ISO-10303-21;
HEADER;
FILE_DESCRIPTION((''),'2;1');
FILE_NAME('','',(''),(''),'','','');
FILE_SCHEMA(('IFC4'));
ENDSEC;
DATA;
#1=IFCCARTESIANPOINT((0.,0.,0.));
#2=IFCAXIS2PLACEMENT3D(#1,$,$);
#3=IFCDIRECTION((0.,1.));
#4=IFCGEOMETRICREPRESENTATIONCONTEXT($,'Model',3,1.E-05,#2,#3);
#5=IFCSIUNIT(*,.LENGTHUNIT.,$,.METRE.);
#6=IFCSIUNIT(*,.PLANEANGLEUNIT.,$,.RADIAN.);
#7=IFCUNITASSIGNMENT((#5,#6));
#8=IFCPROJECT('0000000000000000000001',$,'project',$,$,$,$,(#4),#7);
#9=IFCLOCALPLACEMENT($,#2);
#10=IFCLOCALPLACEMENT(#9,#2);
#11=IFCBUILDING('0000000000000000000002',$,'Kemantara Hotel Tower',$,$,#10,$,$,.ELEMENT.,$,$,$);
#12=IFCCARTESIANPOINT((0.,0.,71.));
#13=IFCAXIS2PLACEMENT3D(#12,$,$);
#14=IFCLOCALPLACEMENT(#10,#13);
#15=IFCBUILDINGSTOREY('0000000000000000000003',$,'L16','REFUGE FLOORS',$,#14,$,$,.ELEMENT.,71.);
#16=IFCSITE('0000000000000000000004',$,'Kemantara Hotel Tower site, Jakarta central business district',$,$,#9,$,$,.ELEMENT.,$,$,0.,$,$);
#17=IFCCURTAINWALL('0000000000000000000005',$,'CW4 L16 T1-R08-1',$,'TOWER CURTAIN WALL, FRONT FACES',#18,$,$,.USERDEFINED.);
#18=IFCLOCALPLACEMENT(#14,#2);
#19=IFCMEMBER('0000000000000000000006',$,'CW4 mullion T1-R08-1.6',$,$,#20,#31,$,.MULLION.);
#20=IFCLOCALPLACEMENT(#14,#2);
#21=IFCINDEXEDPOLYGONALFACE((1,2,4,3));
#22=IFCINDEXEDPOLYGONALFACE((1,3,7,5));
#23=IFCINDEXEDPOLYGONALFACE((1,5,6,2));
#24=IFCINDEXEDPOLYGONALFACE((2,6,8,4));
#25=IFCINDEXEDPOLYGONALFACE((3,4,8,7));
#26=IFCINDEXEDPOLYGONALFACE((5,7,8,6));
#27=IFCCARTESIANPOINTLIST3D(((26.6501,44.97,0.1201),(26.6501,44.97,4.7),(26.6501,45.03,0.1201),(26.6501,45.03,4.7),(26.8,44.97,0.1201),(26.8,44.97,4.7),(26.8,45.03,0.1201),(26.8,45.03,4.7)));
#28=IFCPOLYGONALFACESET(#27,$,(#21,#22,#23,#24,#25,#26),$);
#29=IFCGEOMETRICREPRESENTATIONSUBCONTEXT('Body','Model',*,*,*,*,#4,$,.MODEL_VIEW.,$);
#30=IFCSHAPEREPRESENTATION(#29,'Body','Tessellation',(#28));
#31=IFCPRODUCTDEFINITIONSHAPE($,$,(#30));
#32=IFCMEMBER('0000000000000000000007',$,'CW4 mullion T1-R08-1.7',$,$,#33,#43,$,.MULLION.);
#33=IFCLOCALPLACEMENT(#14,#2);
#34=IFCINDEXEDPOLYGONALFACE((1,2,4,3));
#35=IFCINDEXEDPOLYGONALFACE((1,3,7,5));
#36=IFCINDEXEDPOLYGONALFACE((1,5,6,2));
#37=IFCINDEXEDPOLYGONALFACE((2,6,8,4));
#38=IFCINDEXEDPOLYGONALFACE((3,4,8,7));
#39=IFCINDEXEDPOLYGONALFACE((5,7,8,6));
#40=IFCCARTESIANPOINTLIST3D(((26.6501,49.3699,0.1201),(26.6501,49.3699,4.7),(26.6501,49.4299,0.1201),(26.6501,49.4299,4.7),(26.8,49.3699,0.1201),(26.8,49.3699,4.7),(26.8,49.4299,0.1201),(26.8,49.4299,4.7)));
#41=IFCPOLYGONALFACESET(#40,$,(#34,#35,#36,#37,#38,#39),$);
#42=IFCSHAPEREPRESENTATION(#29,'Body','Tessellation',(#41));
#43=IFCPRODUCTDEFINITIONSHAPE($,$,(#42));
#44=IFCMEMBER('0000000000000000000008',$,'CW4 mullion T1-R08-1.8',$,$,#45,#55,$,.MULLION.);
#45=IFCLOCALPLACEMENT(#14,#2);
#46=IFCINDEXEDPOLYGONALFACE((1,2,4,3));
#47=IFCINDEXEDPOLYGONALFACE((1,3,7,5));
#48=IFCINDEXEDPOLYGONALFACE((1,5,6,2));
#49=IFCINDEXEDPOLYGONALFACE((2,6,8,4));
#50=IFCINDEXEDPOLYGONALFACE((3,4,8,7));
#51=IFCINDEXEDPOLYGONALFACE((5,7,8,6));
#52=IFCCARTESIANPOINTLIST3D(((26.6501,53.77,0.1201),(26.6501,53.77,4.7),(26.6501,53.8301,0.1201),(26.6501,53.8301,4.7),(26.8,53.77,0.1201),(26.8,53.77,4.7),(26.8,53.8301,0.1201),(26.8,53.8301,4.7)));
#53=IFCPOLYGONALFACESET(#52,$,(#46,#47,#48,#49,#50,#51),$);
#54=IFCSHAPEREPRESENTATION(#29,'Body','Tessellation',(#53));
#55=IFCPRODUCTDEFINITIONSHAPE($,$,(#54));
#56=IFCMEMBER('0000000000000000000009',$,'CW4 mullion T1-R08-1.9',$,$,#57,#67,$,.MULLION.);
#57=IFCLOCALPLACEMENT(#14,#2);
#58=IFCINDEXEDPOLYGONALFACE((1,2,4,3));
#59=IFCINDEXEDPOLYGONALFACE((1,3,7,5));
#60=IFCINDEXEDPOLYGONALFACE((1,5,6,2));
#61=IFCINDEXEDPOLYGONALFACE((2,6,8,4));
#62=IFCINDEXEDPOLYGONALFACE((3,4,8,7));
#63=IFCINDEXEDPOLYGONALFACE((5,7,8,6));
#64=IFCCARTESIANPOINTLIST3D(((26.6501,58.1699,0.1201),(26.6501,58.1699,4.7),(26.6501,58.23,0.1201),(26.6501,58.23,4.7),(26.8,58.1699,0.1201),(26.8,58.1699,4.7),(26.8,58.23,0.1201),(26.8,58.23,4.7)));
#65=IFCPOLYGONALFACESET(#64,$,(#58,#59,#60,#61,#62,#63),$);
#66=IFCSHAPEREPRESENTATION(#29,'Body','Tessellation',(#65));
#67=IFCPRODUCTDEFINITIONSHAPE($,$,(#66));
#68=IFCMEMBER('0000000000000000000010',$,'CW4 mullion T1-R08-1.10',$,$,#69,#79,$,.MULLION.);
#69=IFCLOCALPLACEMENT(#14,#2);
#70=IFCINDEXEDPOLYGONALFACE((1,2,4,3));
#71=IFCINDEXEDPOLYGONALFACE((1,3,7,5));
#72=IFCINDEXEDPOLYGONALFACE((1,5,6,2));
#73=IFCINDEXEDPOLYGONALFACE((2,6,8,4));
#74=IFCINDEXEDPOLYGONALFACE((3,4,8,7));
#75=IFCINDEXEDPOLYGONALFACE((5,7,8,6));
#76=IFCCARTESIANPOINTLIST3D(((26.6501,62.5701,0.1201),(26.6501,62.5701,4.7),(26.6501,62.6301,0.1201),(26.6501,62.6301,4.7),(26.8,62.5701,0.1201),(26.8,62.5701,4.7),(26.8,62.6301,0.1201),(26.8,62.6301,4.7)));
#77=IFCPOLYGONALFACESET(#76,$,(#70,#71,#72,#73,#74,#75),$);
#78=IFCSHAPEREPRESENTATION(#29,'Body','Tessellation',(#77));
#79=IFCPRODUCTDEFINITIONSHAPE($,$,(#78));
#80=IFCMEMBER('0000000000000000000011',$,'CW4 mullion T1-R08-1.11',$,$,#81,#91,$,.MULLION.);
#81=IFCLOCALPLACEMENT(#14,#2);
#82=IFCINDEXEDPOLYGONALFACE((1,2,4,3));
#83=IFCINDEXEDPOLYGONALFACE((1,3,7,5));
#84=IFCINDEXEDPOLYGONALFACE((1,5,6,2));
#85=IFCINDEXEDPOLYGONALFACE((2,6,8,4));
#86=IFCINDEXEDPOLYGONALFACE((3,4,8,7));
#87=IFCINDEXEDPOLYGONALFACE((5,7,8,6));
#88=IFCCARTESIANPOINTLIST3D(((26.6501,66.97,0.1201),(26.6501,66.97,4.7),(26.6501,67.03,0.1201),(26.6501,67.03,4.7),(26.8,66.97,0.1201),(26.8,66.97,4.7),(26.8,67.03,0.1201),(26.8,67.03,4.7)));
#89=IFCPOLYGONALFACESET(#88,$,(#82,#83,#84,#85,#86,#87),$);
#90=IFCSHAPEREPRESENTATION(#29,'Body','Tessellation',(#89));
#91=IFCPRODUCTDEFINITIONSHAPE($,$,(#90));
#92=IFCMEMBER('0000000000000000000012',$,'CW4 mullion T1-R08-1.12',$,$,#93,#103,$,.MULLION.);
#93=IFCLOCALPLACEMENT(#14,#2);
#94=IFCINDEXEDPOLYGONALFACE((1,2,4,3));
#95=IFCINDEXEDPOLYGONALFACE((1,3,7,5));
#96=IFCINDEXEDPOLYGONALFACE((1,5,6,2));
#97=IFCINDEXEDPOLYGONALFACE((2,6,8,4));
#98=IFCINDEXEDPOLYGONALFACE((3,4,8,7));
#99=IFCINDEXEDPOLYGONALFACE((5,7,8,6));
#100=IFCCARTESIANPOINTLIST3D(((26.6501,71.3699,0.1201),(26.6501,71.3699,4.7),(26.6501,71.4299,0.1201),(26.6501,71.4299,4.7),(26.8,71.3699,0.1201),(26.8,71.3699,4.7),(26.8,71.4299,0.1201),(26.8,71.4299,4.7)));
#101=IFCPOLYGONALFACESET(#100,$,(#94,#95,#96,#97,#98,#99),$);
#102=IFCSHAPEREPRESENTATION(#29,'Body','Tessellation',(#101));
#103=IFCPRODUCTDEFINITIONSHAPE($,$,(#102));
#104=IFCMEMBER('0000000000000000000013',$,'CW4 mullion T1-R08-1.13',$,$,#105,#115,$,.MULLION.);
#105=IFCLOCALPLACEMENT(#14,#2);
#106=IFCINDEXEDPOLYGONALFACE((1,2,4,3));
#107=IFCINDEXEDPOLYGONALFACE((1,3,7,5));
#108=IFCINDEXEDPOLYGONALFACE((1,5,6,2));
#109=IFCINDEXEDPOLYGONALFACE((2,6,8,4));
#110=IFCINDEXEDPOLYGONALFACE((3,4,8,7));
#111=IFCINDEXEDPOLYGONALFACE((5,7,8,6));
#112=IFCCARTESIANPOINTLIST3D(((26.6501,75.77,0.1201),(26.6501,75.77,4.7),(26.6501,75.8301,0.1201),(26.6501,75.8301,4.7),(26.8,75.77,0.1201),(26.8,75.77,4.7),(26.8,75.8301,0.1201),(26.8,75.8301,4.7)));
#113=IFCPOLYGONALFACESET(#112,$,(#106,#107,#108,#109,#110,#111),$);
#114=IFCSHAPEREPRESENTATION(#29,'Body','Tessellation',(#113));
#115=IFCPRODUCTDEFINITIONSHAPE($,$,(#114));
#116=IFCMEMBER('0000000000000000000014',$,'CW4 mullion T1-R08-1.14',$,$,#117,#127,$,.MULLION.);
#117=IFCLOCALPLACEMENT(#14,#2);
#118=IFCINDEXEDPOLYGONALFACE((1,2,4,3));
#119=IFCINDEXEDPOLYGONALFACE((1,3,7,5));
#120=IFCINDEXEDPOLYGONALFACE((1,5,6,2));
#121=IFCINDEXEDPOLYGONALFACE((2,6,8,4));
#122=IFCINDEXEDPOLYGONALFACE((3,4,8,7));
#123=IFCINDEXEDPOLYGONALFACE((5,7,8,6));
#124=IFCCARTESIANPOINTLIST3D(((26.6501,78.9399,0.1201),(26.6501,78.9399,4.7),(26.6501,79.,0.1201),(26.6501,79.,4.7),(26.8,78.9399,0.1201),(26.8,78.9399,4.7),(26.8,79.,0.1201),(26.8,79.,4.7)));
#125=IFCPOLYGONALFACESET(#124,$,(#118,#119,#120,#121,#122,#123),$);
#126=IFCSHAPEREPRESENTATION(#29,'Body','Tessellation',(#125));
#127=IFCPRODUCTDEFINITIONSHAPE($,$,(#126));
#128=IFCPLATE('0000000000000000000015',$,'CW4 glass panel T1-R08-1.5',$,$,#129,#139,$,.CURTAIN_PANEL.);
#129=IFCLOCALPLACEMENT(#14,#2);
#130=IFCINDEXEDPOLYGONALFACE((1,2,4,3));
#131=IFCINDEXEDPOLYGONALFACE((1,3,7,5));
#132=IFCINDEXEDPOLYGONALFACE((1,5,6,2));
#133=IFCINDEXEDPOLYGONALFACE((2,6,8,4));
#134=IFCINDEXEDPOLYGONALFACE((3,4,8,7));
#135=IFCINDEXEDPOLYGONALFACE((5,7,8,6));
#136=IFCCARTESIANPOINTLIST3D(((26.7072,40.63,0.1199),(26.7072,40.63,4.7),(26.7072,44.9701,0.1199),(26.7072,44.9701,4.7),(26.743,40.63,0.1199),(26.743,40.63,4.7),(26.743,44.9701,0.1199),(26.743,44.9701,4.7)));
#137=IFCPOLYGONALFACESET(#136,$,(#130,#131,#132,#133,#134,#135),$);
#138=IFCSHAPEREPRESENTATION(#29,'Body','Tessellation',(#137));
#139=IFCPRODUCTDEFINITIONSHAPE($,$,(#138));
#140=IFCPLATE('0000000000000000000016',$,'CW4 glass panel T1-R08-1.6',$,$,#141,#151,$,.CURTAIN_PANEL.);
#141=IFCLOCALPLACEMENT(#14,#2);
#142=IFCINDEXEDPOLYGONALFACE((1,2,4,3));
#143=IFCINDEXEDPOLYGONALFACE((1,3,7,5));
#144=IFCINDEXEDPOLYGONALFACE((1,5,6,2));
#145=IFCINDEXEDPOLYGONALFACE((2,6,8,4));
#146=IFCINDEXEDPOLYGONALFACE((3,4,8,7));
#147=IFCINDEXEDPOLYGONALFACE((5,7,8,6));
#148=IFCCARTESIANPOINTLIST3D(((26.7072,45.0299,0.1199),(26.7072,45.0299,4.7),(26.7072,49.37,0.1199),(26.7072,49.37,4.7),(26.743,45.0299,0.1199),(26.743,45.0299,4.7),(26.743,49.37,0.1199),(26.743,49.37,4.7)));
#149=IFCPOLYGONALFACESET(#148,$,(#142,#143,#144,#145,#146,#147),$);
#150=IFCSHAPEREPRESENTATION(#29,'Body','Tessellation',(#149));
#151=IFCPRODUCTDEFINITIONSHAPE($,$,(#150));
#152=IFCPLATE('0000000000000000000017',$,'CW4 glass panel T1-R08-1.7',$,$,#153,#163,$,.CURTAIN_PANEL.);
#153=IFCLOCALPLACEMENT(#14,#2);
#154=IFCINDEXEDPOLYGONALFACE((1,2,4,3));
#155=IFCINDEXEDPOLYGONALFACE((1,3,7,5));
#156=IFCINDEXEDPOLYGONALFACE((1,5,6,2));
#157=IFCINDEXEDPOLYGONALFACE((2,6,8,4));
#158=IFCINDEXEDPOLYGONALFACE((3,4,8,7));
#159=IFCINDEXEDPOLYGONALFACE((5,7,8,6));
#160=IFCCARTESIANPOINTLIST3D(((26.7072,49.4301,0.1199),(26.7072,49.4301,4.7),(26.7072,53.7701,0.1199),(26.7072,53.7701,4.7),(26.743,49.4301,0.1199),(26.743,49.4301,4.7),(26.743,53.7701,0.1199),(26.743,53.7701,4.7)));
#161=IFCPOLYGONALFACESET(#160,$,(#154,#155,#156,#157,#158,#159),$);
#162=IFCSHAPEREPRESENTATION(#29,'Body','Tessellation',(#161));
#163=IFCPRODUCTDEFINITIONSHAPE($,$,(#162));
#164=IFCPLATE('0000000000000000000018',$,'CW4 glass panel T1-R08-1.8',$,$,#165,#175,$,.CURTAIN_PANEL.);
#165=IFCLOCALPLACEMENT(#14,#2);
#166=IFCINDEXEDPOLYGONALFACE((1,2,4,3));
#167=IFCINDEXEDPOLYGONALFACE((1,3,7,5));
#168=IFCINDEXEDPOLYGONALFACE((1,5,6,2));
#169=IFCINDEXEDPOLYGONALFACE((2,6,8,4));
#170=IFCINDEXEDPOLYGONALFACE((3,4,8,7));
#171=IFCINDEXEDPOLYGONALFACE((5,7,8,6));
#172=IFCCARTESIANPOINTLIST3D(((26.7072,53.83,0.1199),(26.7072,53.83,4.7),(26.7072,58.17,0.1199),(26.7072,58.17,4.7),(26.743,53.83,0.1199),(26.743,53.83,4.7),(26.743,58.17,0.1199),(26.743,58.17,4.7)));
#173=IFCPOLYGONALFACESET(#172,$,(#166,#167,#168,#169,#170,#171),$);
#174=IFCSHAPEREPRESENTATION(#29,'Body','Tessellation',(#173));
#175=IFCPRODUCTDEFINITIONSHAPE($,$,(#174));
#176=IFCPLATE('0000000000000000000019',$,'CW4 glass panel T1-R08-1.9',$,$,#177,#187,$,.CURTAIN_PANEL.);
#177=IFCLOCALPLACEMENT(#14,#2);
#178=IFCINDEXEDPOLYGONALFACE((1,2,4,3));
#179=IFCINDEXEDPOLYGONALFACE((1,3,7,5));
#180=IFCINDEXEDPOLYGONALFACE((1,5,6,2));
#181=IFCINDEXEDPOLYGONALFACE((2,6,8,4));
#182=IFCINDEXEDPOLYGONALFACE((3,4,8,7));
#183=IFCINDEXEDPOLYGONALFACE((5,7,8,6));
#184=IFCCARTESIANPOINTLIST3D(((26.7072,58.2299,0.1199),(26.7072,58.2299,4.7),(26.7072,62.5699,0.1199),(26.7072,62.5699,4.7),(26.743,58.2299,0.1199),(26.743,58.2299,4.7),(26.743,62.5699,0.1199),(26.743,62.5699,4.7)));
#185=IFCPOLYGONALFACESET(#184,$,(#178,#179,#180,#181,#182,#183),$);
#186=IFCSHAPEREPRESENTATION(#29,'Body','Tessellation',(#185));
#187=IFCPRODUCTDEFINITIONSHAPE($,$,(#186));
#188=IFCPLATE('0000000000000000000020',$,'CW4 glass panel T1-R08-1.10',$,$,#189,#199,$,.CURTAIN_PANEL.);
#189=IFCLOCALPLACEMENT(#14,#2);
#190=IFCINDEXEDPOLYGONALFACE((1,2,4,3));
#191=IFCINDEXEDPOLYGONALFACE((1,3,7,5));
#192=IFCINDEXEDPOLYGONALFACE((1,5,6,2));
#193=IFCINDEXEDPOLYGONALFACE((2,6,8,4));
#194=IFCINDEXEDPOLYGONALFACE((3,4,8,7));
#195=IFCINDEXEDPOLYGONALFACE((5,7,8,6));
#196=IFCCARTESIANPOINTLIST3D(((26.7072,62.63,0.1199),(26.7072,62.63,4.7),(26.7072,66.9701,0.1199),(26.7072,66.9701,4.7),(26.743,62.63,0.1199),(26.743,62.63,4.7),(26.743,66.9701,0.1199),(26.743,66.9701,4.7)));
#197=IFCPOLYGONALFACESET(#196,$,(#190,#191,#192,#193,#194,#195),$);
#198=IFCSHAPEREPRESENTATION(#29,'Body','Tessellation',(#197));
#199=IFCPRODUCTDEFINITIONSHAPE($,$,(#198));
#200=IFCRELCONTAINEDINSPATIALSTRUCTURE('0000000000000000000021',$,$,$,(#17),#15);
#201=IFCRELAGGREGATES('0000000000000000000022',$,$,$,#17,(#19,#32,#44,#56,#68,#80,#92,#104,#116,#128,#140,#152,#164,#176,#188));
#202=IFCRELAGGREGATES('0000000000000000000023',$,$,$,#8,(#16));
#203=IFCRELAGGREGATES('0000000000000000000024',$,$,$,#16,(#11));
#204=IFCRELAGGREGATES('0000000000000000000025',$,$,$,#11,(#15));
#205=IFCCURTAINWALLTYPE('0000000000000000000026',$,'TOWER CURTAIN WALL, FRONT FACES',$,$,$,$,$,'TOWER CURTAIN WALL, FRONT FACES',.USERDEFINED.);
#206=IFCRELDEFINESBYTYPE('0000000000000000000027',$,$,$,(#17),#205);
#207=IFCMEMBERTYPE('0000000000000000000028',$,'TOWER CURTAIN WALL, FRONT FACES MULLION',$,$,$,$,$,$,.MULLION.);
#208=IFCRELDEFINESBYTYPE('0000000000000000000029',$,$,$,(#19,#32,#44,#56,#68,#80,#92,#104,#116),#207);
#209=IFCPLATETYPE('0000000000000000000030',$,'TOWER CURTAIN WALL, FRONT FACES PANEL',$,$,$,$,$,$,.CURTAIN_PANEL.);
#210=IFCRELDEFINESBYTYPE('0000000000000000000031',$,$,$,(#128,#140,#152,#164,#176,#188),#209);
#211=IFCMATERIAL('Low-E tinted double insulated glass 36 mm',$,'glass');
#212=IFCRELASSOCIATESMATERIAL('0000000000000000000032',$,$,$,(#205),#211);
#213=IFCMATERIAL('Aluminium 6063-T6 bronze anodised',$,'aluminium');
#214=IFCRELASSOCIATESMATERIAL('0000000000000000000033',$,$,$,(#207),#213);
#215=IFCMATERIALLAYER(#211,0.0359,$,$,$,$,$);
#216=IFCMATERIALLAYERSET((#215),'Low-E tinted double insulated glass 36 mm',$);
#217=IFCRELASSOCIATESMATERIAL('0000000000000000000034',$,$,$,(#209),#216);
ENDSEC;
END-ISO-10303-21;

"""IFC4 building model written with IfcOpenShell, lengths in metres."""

from ifc_helpers import new_model, si_unit, direction, frame, origin, origin_2d, place, context, subcontext, project, spatial, rectangle, extrude, source, transform, mapped, material, layer, layer_set, material_profile, profile_set, type_object, element, aggregate, save


model = new_model("IFC4")

# Units and contexts
model_context = context("Model", 3, precision=1e-05, world=origin(), true_north=direction((0.0, 1.0)))
body_context = subcontext(model_context, "Body", "Model", "MODEL_VIEW")
ifc_project = project(units=[si_unit("LENGTHUNIT", "METRE"), si_unit("PLANEANGLEUNIT", "RADIAN")], contexts=[model_context])

# Site, building, storey
site_placement = place(None, origin())
site = spatial("IfcSite", under=ifc_project, at=site_placement, Name="Kemantara Hotel Tower site, Jakarta central business district", CompositionType="ELEMENT", RefElevation=0.0)
building_placement = place(site_placement, origin())
building = spatial("IfcBuilding", under=site, at=building_placement, Name="Kemantara Hotel Tower", CompositionType="ELEMENT")
storey_placement = place(building_placement, frame((0.0, 0.0, 71.0)))
storey = spatial("IfcBuildingStorey", under=building, at=storey_placement, Name="L16", Description="REFUGE FLOORS", CompositionType="ELEMENT", Elevation=71.0)

# Curtain wall, members, plates
ifc_material_1 = material(Name="Low-E tinted double insulated glass 36 mm", Category="glass")
curtain_wall_type = type_object("IfcCurtainWallType", Name="TOWER CURTAIN WALL, FRONT FACES", ElementType="TOWER CURTAIN WALL, FRONT FACES", PredefinedType="USERDEFINED", material=ifc_material_1)
curtain_wall_placement = place(storey_placement, origin())
curtain_wall = element("IfcCurtainWall", 1, at=curtain_wall_placement, inside=storey, type_object=curtain_wall_type, Name="CW4 L16 T1-R08-1", ObjectType="TOWER CURTAIN WALL, FRONT FACES", PredefinedType="USERDEFINED")
ifc_material_2 = material(Name="Aluminium 6063-T6 bronze anodised", Category="aluminium")
ifc_material_profile = material_profile(ifc_material_2, rectangle(XDim=0.1499, YDim=0.0601, at=origin_2d()), Name="TOWER CURTAIN WALL, FRONT FACES MULLION")
ifc_profile_set = profile_set([ifc_material_profile], Name="Aluminium 6063-T6 bronze anodised")
member_type = type_object("IfcMemberType", Name="TOWER CURTAIN WALL, FRONT FACES MULLION", PredefinedType="MULLION", material=ifc_profile_set)
shared_shape_1 = source(origin(), body_context, "Body", "SweptSolid", [
    extrude(rectangle(XDim=0.1499, YDim=0.0601, at=origin_2d()), origin(), (0.0, 0.0, 1.0), 4.5798),
])
member_1_placement = place(storey_placement, frame((26.7251, 45.0, 0.1201), z_axis=(0.0, 0.0, 1.0), x_axis=(-1.0, 0.0, 0.0)))
member_1 = element("IfcMember", 2, at=member_1_placement, type_object=member_type, Name="CW4 mullion T1-R08-1.6", PredefinedType="MULLION", context=body_context, shape_type="MappedRepresentation", body=[
    mapped(shared_shape_1, transform((0.0, 0.0, 0.0))),
])
member_2_placement = place(storey_placement, frame((26.7251, 49.3999, 0.1201), z_axis=(0.0, 0.0, 1.0), x_axis=(-1.0, 0.0, 0.0)))
member_2 = element("IfcMember", 3, at=member_2_placement, type_object=member_type, Name="CW4 mullion T1-R08-1.7", PredefinedType="MULLION", context=body_context, shape_type="MappedRepresentation", body=[
    mapped(shared_shape_1, transform((0.0, 0.0, 0.0))),
])
member_3_placement = place(storey_placement, frame((26.7251, 53.8, 0.1201), z_axis=(0.0, 0.0, 1.0), x_axis=(-1.0, 0.0, 0.0)))
member_3 = element("IfcMember", 4, at=member_3_placement, type_object=member_type, Name="CW4 mullion T1-R08-1.8", PredefinedType="MULLION", context=body_context, shape_type="MappedRepresentation", body=[
    mapped(shared_shape_1, transform((0.0, 0.0, 0.0))),
])
member_4_placement = place(storey_placement, frame((26.7251, 58.2, 0.1201), z_axis=(0.0, 0.0, 1.0), x_axis=(-1.0, 0.0, 0.0)))
member_4 = element("IfcMember", 5, at=member_4_placement, type_object=member_type, Name="CW4 mullion T1-R08-1.9", PredefinedType="MULLION", context=body_context, shape_type="MappedRepresentation", body=[
    mapped(shared_shape_1, transform((0.0, 0.0, 0.0))),
])
member_5_placement = place(storey_placement, frame((26.7251, 62.6001, 0.1201), z_axis=(0.0, 0.0, 1.0), x_axis=(-1.0, 0.0, 0.0)))
member_5 = element("IfcMember", 6, at=member_5_placement, type_object=member_type, Name="CW4 mullion T1-R08-1.10", PredefinedType="MULLION", context=body_context, shape_type="MappedRepresentation", body=[
    mapped(shared_shape_1, transform((0.0, 0.0, 0.0))),
])
member_6_placement = place(storey_placement, frame((26.7251, 67.0, 0.1201), z_axis=(0.0, 0.0, 1.0), x_axis=(-1.0, 0.0, 0.0)))
member_6 = element("IfcMember", 7, at=member_6_placement, type_object=member_type, Name="CW4 mullion T1-R08-1.11", PredefinedType="MULLION", context=body_context, shape_type="MappedRepresentation", body=[
    mapped(shared_shape_1, transform((0.0, 0.0, 0.0))),
])
member_7_placement = place(storey_placement, frame((26.7251, 71.3999, 0.1201), z_axis=(0.0, 0.0, 1.0), x_axis=(-1.0, 0.0, 0.0)))
member_7 = element("IfcMember", 8, at=member_7_placement, type_object=member_type, Name="CW4 mullion T1-R08-1.12", PredefinedType="MULLION", context=body_context, shape_type="MappedRepresentation", body=[
    mapped(shared_shape_1, transform((0.0, 0.0, 0.0))),
])
member_8_placement = place(storey_placement, frame((26.7251, 75.8, 0.1201), z_axis=(0.0, 0.0, 1.0), x_axis=(-1.0, 0.0, 0.0)))
member_8 = element("IfcMember", 9, at=member_8_placement, type_object=member_type, Name="CW4 mullion T1-R08-1.13", PredefinedType="MULLION", context=body_context, shape_type="MappedRepresentation", body=[
    mapped(shared_shape_1, transform((0.0, 0.0, 0.0))),
])
member_9_placement = place(storey_placement, frame((26.7251, 78.97, 0.1201), z_axis=(0.0, 0.0, 1.0), x_axis=(-1.0, 0.0, 0.0)))
member_9 = element("IfcMember", 10, at=member_9_placement, type_object=member_type, Name="CW4 mullion T1-R08-1.14", PredefinedType="MULLION", context=body_context, shape_type="MappedRepresentation", body=[
    mapped(shared_shape_1, transform((0.0, 0.0, 0.0))),
])
ifc_layer_1 = layer(ifc_material_1, 0.0359)
ifc_layer_set_1 = layer_set([ifc_layer_1], Name="Low-E tinted double insulated glass 36 mm")
plate_type = type_object("IfcPlateType", Name="TOWER CURTAIN WALL, FRONT FACES PANEL", PredefinedType="CURTAIN_PANEL", material=ifc_layer_set_1)
shared_shape_2 = source(origin(), body_context, "Body", "SweptSolid", [
    extrude(rectangle(XDim=4.3401, YDim=0.0359, at=origin_2d()), origin(), (0.0, 0.0, 1.0), 4.5801),
])
plate_1_placement = place(storey_placement, frame((26.7251, 42.8, 0.1199), z_axis=(0.0, 0.0, 1.0), x_axis=(0.0, 1.0, 0.0)))
plate_1 = element("IfcPlate", 11, at=plate_1_placement, type_object=plate_type, Name="CW4 glass panel T1-R08-1.5", PredefinedType="CURTAIN_PANEL", context=body_context, shape_type="MappedRepresentation", body=[
    mapped(shared_shape_2, transform((0.0, 0.0, 0.0))),
])
plate_2_placement = place(storey_placement, frame((26.7251, 47.2, 0.1199), z_axis=(0.0, 0.0, 1.0), x_axis=(0.0, 1.0, 0.0)))
plate_2 = element("IfcPlate", 12, at=plate_2_placement, type_object=plate_type, Name="CW4 glass panel T1-R08-1.6", PredefinedType="CURTAIN_PANEL", context=body_context, shape_type="MappedRepresentation", body=[
    mapped(shared_shape_2, transform((0.0, 0.0, 0.0))),
])
plate_3_placement = place(storey_placement, frame((26.7251, 51.6001, 0.1199), z_axis=(0.0, 0.0, 1.0), x_axis=(0.0, 1.0, 0.0)))
plate_3 = element("IfcPlate", 13, at=plate_3_placement, type_object=plate_type, Name="CW4 glass panel T1-R08-1.7", PredefinedType="CURTAIN_PANEL", context=body_context, shape_type="MappedRepresentation", body=[
    mapped(shared_shape_2, transform((0.0, 0.0, 0.0))),
])
plate_4_placement = place(storey_placement, frame((26.7251, 56.0, 0.1199), z_axis=(0.0, 0.0, 1.0), x_axis=(0.0, 1.0, 0.0)))
plate_4 = element("IfcPlate", 14, at=plate_4_placement, type_object=plate_type, Name="CW4 glass panel T1-R08-1.8", PredefinedType="CURTAIN_PANEL", context=body_context, shape_type="MappedRepresentation", body=[
    mapped(shared_shape_2, transform((0.0, 0.0, 0.0))),
])
plate_5_placement = place(storey_placement, frame((26.7251, 60.3999, 0.1199), z_axis=(0.0, 0.0, 1.0), x_axis=(0.0, 1.0, 0.0)))
plate_5 = element("IfcPlate", 15, at=plate_5_placement, type_object=plate_type, Name="CW4 glass panel T1-R08-1.9", PredefinedType="CURTAIN_PANEL", context=body_context, shape_type="MappedRepresentation", body=[
    mapped(shared_shape_2, transform((0.0, 0.0, 0.0))),
])
plate_6_placement = place(storey_placement, frame((26.7251, 64.8, 0.1199), z_axis=(0.0, 0.0, 1.0), x_axis=(0.0, 1.0, 0.0)))
plate_6 = element("IfcPlate", 16, at=plate_6_placement, type_object=plate_type, Name="CW4 glass panel T1-R08-1.10", PredefinedType="CURTAIN_PANEL", context=body_context, shape_type="MappedRepresentation", body=[
    mapped(shared_shape_2, transform((0.0, 0.0, 0.0))),
])
aggregate(curtain_wall, [member_1, member_2, member_3, member_4, member_5, member_6, member_7, member_8, member_9, plate_1, plate_2, plate_3, plate_4, plate_5, plate_6])

save(model, "model.ifc")
